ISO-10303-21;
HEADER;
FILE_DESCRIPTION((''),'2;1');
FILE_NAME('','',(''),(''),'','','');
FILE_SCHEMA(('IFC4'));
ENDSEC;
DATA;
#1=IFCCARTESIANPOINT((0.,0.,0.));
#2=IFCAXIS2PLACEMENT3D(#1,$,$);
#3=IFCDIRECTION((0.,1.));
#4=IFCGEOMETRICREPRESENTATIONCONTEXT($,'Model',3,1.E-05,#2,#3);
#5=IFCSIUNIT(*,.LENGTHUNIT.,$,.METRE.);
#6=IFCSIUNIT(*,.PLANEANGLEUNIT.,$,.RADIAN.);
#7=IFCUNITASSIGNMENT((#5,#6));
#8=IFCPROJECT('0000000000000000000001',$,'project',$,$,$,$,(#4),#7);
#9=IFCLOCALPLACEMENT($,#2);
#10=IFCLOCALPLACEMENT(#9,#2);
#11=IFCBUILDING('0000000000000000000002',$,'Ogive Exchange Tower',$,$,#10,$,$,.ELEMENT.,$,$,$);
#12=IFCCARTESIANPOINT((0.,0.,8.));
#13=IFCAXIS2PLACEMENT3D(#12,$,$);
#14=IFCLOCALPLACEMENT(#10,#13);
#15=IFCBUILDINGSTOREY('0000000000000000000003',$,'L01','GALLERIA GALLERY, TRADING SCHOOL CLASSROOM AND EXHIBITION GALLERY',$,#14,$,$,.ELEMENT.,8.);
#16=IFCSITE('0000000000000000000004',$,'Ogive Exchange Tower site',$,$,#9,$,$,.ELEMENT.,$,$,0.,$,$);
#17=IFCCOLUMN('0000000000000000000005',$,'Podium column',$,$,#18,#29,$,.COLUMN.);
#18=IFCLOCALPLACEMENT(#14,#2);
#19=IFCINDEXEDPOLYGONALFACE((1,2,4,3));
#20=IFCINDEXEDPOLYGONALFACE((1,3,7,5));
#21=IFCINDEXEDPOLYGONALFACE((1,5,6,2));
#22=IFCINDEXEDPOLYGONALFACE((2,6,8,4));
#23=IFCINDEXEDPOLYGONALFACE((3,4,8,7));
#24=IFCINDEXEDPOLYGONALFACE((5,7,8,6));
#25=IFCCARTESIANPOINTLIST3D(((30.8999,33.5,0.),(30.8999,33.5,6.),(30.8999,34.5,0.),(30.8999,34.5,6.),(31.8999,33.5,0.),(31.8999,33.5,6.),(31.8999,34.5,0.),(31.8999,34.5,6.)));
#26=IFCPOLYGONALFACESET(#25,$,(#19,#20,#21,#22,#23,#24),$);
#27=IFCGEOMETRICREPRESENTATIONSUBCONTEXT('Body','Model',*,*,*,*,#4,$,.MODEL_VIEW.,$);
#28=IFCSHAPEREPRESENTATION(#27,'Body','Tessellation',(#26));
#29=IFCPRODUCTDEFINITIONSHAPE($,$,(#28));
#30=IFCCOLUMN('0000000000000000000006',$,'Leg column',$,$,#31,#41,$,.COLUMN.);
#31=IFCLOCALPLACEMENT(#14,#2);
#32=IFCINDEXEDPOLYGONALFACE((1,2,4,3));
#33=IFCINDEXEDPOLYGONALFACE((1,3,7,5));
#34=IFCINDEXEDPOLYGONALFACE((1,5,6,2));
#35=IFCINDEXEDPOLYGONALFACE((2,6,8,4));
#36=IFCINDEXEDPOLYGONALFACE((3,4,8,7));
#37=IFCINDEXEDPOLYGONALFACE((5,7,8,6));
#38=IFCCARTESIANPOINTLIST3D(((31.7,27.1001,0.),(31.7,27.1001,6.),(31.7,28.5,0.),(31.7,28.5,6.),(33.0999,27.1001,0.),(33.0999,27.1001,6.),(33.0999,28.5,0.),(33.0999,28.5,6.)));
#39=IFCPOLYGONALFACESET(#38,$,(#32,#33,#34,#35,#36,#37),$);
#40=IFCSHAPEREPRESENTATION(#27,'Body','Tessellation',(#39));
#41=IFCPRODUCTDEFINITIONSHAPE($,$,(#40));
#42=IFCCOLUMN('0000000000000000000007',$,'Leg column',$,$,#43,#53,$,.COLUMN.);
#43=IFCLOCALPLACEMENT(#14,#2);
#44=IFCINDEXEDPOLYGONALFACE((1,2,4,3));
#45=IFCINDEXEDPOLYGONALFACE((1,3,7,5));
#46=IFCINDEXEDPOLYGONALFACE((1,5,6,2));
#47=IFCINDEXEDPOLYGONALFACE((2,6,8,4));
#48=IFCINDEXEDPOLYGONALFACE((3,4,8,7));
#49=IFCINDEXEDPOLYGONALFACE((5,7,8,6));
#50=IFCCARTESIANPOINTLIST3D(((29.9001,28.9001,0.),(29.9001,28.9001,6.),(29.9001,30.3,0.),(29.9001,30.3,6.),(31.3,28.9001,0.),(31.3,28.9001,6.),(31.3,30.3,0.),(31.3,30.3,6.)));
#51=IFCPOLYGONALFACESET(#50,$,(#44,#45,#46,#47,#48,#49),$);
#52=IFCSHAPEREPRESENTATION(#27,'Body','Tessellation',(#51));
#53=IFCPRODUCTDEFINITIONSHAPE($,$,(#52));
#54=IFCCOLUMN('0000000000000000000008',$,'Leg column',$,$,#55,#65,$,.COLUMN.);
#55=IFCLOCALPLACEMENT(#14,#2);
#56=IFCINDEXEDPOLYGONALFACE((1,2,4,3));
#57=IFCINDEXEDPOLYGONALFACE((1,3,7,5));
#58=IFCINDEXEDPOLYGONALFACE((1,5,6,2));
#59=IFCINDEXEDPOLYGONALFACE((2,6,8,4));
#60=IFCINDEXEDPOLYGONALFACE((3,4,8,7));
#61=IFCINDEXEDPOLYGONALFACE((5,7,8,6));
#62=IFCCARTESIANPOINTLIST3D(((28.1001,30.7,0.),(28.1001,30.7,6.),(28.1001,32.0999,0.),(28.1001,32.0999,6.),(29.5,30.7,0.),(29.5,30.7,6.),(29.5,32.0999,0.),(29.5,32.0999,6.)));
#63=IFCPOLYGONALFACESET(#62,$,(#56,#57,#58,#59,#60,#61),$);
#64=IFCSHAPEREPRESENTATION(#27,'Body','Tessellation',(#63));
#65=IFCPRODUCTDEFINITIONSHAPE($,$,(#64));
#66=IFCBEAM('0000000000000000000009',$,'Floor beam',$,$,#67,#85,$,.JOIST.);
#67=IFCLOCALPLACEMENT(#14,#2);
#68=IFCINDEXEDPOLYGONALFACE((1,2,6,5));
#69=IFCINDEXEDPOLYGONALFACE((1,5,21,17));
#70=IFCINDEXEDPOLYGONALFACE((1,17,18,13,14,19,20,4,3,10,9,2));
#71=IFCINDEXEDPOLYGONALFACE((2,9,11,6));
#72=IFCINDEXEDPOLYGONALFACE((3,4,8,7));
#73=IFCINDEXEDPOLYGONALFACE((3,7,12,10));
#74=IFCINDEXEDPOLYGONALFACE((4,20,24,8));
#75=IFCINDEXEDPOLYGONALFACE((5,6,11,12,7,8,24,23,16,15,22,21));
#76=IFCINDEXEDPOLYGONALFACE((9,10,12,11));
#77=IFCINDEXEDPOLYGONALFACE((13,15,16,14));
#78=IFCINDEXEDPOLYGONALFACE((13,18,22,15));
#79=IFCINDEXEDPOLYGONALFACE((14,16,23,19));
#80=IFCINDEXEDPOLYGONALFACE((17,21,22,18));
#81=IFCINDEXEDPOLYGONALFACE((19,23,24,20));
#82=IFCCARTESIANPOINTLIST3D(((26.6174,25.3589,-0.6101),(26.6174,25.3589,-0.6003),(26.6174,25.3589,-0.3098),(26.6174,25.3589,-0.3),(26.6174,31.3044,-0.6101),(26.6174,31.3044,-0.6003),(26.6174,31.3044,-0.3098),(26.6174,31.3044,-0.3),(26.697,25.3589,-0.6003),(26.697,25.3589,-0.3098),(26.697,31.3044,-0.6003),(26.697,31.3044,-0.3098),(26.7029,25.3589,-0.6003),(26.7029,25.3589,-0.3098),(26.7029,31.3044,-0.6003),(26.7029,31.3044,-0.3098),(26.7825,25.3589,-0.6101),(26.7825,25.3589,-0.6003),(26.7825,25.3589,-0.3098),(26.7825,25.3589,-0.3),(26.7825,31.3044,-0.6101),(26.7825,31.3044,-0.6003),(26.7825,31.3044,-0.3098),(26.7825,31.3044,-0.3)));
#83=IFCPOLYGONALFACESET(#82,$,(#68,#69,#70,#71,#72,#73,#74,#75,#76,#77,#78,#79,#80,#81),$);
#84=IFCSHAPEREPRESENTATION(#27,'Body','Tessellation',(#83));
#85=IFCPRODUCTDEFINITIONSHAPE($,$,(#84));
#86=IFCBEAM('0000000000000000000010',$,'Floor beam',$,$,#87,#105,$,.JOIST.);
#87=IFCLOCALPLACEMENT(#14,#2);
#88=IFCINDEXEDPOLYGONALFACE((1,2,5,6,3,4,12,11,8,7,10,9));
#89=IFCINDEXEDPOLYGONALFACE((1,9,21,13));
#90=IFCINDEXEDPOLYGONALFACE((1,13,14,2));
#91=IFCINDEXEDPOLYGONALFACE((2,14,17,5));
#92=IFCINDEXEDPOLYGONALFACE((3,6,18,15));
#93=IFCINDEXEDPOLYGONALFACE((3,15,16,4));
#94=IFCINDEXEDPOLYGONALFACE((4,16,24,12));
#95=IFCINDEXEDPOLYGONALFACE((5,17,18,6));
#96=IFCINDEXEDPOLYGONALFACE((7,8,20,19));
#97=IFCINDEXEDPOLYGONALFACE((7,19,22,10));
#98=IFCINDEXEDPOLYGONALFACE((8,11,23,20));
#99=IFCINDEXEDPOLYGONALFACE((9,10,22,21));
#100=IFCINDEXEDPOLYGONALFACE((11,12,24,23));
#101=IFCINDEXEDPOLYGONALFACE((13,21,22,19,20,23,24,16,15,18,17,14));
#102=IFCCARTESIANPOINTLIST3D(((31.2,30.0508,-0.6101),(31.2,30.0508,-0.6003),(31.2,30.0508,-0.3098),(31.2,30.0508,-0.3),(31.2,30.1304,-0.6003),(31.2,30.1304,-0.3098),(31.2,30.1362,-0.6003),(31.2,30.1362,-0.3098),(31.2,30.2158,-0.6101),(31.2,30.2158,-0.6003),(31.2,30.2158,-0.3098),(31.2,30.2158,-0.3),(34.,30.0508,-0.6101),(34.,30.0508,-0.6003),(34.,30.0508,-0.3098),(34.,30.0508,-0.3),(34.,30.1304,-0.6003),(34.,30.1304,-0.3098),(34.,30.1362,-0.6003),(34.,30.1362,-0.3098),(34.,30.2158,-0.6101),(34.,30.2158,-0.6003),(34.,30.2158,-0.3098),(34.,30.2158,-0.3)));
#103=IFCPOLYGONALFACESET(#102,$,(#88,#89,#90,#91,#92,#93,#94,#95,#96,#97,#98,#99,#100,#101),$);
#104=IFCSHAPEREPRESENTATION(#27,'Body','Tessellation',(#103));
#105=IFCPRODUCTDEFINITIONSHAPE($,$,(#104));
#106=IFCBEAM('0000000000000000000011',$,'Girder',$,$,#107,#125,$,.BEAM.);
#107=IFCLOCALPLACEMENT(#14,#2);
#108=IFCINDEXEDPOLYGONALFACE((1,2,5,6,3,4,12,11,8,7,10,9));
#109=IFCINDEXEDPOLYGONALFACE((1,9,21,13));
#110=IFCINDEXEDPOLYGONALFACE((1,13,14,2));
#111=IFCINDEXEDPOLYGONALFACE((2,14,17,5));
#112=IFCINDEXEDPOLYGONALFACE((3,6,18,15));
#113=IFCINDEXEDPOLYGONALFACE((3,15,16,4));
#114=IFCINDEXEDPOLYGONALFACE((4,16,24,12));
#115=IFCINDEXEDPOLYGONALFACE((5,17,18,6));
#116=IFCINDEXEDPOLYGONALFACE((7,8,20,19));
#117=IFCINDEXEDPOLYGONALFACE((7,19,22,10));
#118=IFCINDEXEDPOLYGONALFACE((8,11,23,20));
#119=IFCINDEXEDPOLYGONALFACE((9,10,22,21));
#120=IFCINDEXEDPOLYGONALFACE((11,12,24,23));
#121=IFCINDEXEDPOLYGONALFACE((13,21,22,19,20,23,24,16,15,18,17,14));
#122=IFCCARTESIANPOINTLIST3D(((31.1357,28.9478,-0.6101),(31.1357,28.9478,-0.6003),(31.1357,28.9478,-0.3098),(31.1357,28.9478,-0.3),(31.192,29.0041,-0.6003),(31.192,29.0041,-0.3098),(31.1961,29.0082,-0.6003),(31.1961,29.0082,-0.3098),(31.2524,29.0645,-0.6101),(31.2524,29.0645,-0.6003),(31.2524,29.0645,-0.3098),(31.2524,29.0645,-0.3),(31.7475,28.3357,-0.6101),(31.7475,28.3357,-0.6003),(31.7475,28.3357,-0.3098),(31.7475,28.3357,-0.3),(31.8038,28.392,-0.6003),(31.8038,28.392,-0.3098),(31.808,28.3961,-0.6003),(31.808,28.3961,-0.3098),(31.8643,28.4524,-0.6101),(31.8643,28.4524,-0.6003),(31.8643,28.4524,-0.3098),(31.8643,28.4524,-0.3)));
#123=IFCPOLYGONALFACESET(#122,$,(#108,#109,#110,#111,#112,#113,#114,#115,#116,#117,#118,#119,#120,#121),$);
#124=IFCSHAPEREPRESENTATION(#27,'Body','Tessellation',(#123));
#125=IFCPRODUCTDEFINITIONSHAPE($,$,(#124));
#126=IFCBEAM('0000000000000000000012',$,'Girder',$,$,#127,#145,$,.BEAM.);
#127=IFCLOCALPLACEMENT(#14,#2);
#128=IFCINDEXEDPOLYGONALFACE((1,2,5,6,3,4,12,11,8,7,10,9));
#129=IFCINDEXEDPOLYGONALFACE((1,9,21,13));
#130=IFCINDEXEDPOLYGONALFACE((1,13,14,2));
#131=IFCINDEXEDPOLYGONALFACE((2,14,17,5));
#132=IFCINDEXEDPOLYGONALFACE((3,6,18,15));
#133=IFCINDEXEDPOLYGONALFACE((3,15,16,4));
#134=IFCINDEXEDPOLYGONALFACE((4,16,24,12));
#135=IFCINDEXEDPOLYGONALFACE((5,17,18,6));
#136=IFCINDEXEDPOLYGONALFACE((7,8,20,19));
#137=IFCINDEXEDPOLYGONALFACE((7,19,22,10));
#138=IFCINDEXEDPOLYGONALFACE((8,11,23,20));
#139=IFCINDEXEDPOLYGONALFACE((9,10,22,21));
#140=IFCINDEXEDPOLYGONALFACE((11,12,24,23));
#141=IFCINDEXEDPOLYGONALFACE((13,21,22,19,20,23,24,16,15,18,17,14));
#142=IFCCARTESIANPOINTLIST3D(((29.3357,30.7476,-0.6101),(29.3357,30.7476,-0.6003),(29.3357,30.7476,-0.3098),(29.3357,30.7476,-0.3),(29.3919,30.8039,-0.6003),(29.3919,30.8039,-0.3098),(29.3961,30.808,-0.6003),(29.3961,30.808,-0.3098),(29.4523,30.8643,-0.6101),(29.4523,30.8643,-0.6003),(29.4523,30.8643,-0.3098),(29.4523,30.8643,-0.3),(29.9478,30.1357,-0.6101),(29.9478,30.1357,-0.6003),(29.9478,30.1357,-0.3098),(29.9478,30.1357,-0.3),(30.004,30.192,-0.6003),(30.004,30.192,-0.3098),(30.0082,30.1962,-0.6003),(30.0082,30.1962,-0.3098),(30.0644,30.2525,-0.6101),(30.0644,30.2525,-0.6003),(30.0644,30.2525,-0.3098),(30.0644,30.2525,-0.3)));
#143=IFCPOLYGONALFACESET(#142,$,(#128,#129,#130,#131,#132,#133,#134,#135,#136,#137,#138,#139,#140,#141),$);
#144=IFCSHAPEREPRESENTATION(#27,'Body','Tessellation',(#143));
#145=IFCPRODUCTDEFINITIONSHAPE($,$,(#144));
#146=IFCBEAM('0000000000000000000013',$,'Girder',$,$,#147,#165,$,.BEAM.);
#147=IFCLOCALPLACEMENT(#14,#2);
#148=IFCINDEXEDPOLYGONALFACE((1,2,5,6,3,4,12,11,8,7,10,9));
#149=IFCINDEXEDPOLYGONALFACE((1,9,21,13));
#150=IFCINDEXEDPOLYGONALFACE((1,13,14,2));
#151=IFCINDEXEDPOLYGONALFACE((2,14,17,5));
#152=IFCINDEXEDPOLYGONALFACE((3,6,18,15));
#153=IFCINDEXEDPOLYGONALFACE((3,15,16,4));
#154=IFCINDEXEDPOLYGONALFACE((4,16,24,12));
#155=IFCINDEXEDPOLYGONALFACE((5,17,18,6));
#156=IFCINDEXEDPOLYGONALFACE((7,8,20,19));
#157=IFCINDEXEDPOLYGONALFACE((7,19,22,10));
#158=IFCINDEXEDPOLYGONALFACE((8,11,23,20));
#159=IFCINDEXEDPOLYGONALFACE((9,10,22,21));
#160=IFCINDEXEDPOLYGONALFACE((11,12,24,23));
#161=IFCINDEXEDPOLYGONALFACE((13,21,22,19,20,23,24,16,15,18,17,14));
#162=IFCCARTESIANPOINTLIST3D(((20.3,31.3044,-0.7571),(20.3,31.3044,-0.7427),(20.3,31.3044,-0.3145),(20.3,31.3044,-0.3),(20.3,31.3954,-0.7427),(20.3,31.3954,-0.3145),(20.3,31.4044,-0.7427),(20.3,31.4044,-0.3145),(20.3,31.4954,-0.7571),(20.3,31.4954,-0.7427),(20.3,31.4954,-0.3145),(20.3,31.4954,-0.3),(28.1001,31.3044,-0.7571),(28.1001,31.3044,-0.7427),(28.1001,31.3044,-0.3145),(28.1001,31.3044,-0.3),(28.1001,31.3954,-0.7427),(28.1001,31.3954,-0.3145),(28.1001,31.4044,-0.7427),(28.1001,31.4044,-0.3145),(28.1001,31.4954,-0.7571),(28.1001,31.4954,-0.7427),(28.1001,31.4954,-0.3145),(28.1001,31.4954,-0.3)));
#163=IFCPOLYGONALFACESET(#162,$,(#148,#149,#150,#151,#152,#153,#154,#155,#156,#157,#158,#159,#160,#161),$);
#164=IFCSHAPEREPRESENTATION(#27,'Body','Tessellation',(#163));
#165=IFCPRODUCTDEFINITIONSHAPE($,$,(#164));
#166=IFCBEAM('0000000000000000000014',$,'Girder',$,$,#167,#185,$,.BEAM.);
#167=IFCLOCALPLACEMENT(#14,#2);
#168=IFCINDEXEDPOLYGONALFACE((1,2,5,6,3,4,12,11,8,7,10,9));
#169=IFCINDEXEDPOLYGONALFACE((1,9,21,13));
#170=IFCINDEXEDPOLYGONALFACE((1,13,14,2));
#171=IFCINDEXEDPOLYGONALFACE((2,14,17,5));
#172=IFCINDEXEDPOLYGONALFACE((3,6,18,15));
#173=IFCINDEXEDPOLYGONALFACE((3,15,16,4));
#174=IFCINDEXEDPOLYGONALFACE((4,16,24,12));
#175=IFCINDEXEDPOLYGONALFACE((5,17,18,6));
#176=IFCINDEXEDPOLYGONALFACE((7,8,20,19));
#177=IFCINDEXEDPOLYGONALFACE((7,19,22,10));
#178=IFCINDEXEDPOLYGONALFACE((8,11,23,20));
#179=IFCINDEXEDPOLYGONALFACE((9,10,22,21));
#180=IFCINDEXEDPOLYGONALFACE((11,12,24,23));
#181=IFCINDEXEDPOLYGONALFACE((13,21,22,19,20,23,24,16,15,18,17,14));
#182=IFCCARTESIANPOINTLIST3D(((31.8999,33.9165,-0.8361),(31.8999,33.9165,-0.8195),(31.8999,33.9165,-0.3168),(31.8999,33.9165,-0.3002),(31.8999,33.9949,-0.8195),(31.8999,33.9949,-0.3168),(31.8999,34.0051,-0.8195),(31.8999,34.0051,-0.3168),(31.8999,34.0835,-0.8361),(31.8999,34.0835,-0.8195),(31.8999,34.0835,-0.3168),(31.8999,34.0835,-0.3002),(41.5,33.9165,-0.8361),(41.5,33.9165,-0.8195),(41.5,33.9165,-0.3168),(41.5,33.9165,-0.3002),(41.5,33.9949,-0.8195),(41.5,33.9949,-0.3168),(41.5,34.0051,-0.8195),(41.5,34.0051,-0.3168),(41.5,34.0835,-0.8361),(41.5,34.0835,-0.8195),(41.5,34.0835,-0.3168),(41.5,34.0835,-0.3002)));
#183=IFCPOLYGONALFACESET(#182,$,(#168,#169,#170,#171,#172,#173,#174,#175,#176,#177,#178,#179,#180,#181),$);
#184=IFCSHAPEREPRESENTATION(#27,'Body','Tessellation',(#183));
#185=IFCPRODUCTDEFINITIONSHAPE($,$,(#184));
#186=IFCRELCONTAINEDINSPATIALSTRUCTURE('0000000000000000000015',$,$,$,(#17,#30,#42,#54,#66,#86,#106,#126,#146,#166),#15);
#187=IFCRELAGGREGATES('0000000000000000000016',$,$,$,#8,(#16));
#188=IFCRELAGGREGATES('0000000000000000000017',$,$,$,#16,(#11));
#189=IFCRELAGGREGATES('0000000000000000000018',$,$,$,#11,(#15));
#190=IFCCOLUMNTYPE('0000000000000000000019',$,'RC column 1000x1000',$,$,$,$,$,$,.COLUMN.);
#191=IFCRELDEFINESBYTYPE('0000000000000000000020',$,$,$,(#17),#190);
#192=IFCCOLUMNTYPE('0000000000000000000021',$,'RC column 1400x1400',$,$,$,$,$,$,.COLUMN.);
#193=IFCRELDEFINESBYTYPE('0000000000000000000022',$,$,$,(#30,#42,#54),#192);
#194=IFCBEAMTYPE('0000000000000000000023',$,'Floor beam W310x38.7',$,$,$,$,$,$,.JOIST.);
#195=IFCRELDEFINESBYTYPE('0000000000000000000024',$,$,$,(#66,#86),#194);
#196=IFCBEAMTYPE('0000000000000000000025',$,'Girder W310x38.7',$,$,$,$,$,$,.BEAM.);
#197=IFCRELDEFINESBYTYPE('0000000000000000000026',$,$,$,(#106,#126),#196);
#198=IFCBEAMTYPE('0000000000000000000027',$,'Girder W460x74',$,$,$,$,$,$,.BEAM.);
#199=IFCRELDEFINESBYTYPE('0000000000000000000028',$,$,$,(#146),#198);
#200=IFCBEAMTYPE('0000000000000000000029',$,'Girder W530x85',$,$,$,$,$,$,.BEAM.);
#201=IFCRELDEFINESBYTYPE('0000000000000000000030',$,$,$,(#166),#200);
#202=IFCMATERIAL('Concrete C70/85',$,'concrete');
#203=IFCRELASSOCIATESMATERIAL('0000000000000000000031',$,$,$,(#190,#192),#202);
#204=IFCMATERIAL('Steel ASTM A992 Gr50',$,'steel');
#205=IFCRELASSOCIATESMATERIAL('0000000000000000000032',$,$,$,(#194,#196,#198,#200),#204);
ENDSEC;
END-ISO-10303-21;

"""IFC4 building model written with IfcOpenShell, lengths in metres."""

from ifc_helpers import new_model, si_unit, direction, frame, origin, origin_2d, place, context, subcontext, project, spatial, rectangle, i_section, extrude, material, material_profile, profile_set, type_object, element, save


model = new_model("IFC4")

# Units and contexts
model_context = context("Model", 3, precision=1e-05, world=origin(), true_north=direction((0.0, 1.0)))
body_context = subcontext(model_context, "Body", "Model", "MODEL_VIEW")
ifc_project = project(units=[si_unit("LENGTHUNIT", "METRE"), si_unit("PLANEANGLEUNIT", "RADIAN")], contexts=[model_context])

# Site, building, storey
site_placement = place(None, origin())
site = spatial("IfcSite", under=ifc_project, at=site_placement, Name="Ogive Exchange Tower site", CompositionType="ELEMENT", RefElevation=0.0)
building_placement = place(site_placement, origin())
building = spatial("IfcBuilding", under=site, at=building_placement, Name="Ogive Exchange Tower", CompositionType="ELEMENT")
storey_placement = place(building_placement, frame((0.0, 0.0, 8.0)))
storey = spatial("IfcBuildingStorey", under=building, at=storey_placement, Name="L01", Description="GALLERIA GALLERY, TRADING SCHOOL CLASSROOM AND EXHIBITION GALLERY", CompositionType="ELEMENT", Elevation=8.0)

# Columns
ifc_material_1 = material(Name="Concrete C70/85", Category="concrete")
ifc_material_profile_1 = material_profile(ifc_material_1, rectangle(XDim=1.0, YDim=1.0, at=origin_2d()), Name="RC 1000x1000")
ifc_profile_set_1 = profile_set([ifc_material_profile_1], Name="Concrete C70/85")
column_type_1 = type_object("IfcColumnType", Name="RC column 1000x1000", PredefinedType="COLUMN", material=ifc_profile_set_1)
column_placement = place(storey_placement, frame((31.3999, 34.0, 0.0), z_axis=(0.0, 0.0, 1.0), x_axis=(1.0, 0.0, 0.0)))
element("IfcColumn", 1, at=column_placement, inside=storey, type_object=column_type_1, Name="Podium column", PredefinedType="COLUMN", context=body_context, shape_type="SweptSolid", body=[
    extrude(rectangle(XDim=1.0, YDim=1.0, at=origin_2d()), origin(), (0.0, 0.0, 1.0), 6.0),
])
ifc_material_profile_2 = material_profile(ifc_material_1, rectangle(XDim=1.3999, YDim=1.3999, at=origin_2d()), Name="RC 1400x1400")
ifc_profile_set_2 = profile_set([ifc_material_profile_2], Name="Concrete C70/85")
column_type_2 = type_object("IfcColumnType", Name="RC column 1400x1400", PredefinedType="COLUMN", material=ifc_profile_set_2)
for number, where, z_axis, x_axis, name in (
    (2, (32.3999, 27.8, 0.0), (0.0, 0.0, 1.0), (1.0, 0.0, 0.0), "Leg column"),
    (3, (30.6001, 29.6001, 0.0), (0.0, 0.0, 1.0), (1.0, 0.0, 0.0), "Leg column"),
    (4, (28.8, 31.3999, 0.0), (0.0, 0.0, 1.0), (1.0, 0.0, 0.0), "Leg column"),
):
    element("IfcColumn", number, at=place(storey_placement, frame(where, z_axis=z_axis, x_axis=x_axis)), inside=storey, type_object=column_type_2, Name=name, PredefinedType="COLUMN", context=body_context, shape_type="SweptSolid", body=[
        extrude(rectangle(XDim=1.3999, YDim=1.3999, at=origin_2d()), origin(), (0.0, 0.0, 1.0), 6.0),
    ])

# Beams
ifc_material_2 = material(Name="Steel ASTM A992 Gr50", Category="steel")
ifc_material_profile_3 = material_profile(ifc_material_2, i_section(OverallWidth=0.165, OverallDepth=0.3101, WebThickness=0.0059, FlangeThickness=0.0098, at=origin_2d()), Name="W310x38.7")
ifc_profile_set_3 = profile_set([ifc_material_profile_3], Name="Steel ASTM A992 Gr50")
beam_type_1 = type_object("IfcBeamType", Name="Floor beam W310x38.7", PredefinedType="JOIST", material=ifc_profile_set_3)
beam_1_placement = place(storey_placement, frame((26.7, 25.3589, -0.4551), z_axis=(0.0, 1.0, 0.0), x_axis=(-1.0, 0.0, 0.0)))
element("IfcBeam", 5, at=beam_1_placement, inside=storey, type_object=beam_type_1, Name="Floor beam", PredefinedType="JOIST", context=body_context, shape_type="SweptSolid", body=[
    extrude(i_section(OverallWidth=0.165, OverallDepth=0.3101, WebThickness=0.0059, FlangeThickness=0.0098, at=origin_2d()), origin(), (0.0, 0.0, 1.0), 5.9456),
])
beam_2_placement = place(storey_placement, frame((31.2, 30.1333, -0.4551), z_axis=(1.0, 0.0, 0.0), x_axis=(0.0, 1.0, 0.0)))
element("IfcBeam", 6, at=beam_2_placement, inside=storey, type_object=beam_type_1, Name="Floor beam", PredefinedType="JOIST", context=body_context, shape_type="SweptSolid", body=[
    extrude(i_section(OverallWidth=0.165, OverallDepth=0.3101, WebThickness=0.0059, FlangeThickness=0.0098, at=origin_2d()), origin(), (0.0, 0.0, 1.0), 2.8),
])
ifc_material_profile_4 = material_profile(ifc_material_2, i_section(OverallWidth=0.165, OverallDepth=0.3101, WebThickness=0.0059, FlangeThickness=0.0098, at=origin_2d()), Name="W310x38.7")
ifc_profile_set_4 = profile_set([ifc_material_profile_4], Name="Steel ASTM A992 Gr50")
beam_type_2 = type_object("IfcBeamType", Name="Girder W310x38.7", PredefinedType="BEAM", material=ifc_profile_set_4)
for number, where, z_axis, x_axis, name in (
    (7, (31.8059, 28.394, -0.4551), (-0.706966, 0.707248, 0.0), (-0.707248, -0.706966, 0.0), "Girder"),
    (8, (30.0061, 30.1941, -0.4551), (-0.707248, 0.706966, 0.0), (-0.706966, -0.707248, 0.0), "Girder"),
):
    element("IfcBeam", number, at=place(storey_placement, frame(where, z_axis=z_axis, x_axis=x_axis)), inside=storey, type_object=beam_type_2, Name=name, PredefinedType="BEAM", context=body_context, shape_type="SweptSolid", body=[
        extrude(i_section(OverallWidth=0.165, OverallDepth=0.3101, WebThickness=0.0059, FlangeThickness=0.0098, at=origin_2d()), origin(), (0.0, 0.0, 1.0), 0.8655),
    ])
ifc_material_profile_5 = material_profile(ifc_material_2, i_section(OverallWidth=0.1909, OverallDepth=0.457, WebThickness=0.009, FlangeThickness=0.0144, at=origin_2d()), Name="W460x74")
ifc_profile_set_5 = profile_set([ifc_material_profile_5], Name="Steel ASTM A992 Gr50")
beam_type_3 = type_object("IfcBeamType", Name="Girder W460x74", PredefinedType="BEAM", material=ifc_profile_set_5)
beam_3_placement = place(storey_placement, frame((28.1001, 31.3999, -0.5286), z_axis=(-1.0, 0.0, 0.0), x_axis=(0.0, -1.0, 0.0)))
element("IfcBeam", 9, at=beam_3_placement, inside=storey, type_object=beam_type_3, Name="Girder", PredefinedType="BEAM", context=body_context, shape_type="SweptSolid", body=[
    extrude(i_section(OverallWidth=0.1909, OverallDepth=0.457, WebThickness=0.009, FlangeThickness=0.0144, at=origin_2d()), origin(), (0.0, 0.0, 1.0), 7.8),
])
ifc_material_profile_6 = material_profile(ifc_material_2, i_section(OverallWidth=0.167, OverallDepth=0.5359, WebThickness=0.0103, FlangeThickness=0.0166, at=origin_2d()), Name="W530x85")
ifc_profile_set_6 = profile_set([ifc_material_profile_6], Name="Steel ASTM A992 Gr50")
beam_type_4 = type_object("IfcBeamType", Name="Girder W530x85", PredefinedType="BEAM", material=ifc_profile_set_6)
beam_4_placement = place(storey_placement, frame((31.8999, 34.0, -0.5681), z_axis=(1.0, 0.0, 0.0), x_axis=(0.0, 1.0, 0.0)))
element("IfcBeam", 10, at=beam_4_placement, inside=storey, type_object=beam_type_4, Name="Girder", PredefinedType="BEAM", context=body_context, shape_type="SweptSolid", body=[
    extrude(i_section(OverallWidth=0.167, OverallDepth=0.5359, WebThickness=0.0103, FlangeThickness=0.0166, at=origin_2d()), origin(), (0.0, 0.0, 1.0), 9.6001),
])

save(model, "model.ifc")
